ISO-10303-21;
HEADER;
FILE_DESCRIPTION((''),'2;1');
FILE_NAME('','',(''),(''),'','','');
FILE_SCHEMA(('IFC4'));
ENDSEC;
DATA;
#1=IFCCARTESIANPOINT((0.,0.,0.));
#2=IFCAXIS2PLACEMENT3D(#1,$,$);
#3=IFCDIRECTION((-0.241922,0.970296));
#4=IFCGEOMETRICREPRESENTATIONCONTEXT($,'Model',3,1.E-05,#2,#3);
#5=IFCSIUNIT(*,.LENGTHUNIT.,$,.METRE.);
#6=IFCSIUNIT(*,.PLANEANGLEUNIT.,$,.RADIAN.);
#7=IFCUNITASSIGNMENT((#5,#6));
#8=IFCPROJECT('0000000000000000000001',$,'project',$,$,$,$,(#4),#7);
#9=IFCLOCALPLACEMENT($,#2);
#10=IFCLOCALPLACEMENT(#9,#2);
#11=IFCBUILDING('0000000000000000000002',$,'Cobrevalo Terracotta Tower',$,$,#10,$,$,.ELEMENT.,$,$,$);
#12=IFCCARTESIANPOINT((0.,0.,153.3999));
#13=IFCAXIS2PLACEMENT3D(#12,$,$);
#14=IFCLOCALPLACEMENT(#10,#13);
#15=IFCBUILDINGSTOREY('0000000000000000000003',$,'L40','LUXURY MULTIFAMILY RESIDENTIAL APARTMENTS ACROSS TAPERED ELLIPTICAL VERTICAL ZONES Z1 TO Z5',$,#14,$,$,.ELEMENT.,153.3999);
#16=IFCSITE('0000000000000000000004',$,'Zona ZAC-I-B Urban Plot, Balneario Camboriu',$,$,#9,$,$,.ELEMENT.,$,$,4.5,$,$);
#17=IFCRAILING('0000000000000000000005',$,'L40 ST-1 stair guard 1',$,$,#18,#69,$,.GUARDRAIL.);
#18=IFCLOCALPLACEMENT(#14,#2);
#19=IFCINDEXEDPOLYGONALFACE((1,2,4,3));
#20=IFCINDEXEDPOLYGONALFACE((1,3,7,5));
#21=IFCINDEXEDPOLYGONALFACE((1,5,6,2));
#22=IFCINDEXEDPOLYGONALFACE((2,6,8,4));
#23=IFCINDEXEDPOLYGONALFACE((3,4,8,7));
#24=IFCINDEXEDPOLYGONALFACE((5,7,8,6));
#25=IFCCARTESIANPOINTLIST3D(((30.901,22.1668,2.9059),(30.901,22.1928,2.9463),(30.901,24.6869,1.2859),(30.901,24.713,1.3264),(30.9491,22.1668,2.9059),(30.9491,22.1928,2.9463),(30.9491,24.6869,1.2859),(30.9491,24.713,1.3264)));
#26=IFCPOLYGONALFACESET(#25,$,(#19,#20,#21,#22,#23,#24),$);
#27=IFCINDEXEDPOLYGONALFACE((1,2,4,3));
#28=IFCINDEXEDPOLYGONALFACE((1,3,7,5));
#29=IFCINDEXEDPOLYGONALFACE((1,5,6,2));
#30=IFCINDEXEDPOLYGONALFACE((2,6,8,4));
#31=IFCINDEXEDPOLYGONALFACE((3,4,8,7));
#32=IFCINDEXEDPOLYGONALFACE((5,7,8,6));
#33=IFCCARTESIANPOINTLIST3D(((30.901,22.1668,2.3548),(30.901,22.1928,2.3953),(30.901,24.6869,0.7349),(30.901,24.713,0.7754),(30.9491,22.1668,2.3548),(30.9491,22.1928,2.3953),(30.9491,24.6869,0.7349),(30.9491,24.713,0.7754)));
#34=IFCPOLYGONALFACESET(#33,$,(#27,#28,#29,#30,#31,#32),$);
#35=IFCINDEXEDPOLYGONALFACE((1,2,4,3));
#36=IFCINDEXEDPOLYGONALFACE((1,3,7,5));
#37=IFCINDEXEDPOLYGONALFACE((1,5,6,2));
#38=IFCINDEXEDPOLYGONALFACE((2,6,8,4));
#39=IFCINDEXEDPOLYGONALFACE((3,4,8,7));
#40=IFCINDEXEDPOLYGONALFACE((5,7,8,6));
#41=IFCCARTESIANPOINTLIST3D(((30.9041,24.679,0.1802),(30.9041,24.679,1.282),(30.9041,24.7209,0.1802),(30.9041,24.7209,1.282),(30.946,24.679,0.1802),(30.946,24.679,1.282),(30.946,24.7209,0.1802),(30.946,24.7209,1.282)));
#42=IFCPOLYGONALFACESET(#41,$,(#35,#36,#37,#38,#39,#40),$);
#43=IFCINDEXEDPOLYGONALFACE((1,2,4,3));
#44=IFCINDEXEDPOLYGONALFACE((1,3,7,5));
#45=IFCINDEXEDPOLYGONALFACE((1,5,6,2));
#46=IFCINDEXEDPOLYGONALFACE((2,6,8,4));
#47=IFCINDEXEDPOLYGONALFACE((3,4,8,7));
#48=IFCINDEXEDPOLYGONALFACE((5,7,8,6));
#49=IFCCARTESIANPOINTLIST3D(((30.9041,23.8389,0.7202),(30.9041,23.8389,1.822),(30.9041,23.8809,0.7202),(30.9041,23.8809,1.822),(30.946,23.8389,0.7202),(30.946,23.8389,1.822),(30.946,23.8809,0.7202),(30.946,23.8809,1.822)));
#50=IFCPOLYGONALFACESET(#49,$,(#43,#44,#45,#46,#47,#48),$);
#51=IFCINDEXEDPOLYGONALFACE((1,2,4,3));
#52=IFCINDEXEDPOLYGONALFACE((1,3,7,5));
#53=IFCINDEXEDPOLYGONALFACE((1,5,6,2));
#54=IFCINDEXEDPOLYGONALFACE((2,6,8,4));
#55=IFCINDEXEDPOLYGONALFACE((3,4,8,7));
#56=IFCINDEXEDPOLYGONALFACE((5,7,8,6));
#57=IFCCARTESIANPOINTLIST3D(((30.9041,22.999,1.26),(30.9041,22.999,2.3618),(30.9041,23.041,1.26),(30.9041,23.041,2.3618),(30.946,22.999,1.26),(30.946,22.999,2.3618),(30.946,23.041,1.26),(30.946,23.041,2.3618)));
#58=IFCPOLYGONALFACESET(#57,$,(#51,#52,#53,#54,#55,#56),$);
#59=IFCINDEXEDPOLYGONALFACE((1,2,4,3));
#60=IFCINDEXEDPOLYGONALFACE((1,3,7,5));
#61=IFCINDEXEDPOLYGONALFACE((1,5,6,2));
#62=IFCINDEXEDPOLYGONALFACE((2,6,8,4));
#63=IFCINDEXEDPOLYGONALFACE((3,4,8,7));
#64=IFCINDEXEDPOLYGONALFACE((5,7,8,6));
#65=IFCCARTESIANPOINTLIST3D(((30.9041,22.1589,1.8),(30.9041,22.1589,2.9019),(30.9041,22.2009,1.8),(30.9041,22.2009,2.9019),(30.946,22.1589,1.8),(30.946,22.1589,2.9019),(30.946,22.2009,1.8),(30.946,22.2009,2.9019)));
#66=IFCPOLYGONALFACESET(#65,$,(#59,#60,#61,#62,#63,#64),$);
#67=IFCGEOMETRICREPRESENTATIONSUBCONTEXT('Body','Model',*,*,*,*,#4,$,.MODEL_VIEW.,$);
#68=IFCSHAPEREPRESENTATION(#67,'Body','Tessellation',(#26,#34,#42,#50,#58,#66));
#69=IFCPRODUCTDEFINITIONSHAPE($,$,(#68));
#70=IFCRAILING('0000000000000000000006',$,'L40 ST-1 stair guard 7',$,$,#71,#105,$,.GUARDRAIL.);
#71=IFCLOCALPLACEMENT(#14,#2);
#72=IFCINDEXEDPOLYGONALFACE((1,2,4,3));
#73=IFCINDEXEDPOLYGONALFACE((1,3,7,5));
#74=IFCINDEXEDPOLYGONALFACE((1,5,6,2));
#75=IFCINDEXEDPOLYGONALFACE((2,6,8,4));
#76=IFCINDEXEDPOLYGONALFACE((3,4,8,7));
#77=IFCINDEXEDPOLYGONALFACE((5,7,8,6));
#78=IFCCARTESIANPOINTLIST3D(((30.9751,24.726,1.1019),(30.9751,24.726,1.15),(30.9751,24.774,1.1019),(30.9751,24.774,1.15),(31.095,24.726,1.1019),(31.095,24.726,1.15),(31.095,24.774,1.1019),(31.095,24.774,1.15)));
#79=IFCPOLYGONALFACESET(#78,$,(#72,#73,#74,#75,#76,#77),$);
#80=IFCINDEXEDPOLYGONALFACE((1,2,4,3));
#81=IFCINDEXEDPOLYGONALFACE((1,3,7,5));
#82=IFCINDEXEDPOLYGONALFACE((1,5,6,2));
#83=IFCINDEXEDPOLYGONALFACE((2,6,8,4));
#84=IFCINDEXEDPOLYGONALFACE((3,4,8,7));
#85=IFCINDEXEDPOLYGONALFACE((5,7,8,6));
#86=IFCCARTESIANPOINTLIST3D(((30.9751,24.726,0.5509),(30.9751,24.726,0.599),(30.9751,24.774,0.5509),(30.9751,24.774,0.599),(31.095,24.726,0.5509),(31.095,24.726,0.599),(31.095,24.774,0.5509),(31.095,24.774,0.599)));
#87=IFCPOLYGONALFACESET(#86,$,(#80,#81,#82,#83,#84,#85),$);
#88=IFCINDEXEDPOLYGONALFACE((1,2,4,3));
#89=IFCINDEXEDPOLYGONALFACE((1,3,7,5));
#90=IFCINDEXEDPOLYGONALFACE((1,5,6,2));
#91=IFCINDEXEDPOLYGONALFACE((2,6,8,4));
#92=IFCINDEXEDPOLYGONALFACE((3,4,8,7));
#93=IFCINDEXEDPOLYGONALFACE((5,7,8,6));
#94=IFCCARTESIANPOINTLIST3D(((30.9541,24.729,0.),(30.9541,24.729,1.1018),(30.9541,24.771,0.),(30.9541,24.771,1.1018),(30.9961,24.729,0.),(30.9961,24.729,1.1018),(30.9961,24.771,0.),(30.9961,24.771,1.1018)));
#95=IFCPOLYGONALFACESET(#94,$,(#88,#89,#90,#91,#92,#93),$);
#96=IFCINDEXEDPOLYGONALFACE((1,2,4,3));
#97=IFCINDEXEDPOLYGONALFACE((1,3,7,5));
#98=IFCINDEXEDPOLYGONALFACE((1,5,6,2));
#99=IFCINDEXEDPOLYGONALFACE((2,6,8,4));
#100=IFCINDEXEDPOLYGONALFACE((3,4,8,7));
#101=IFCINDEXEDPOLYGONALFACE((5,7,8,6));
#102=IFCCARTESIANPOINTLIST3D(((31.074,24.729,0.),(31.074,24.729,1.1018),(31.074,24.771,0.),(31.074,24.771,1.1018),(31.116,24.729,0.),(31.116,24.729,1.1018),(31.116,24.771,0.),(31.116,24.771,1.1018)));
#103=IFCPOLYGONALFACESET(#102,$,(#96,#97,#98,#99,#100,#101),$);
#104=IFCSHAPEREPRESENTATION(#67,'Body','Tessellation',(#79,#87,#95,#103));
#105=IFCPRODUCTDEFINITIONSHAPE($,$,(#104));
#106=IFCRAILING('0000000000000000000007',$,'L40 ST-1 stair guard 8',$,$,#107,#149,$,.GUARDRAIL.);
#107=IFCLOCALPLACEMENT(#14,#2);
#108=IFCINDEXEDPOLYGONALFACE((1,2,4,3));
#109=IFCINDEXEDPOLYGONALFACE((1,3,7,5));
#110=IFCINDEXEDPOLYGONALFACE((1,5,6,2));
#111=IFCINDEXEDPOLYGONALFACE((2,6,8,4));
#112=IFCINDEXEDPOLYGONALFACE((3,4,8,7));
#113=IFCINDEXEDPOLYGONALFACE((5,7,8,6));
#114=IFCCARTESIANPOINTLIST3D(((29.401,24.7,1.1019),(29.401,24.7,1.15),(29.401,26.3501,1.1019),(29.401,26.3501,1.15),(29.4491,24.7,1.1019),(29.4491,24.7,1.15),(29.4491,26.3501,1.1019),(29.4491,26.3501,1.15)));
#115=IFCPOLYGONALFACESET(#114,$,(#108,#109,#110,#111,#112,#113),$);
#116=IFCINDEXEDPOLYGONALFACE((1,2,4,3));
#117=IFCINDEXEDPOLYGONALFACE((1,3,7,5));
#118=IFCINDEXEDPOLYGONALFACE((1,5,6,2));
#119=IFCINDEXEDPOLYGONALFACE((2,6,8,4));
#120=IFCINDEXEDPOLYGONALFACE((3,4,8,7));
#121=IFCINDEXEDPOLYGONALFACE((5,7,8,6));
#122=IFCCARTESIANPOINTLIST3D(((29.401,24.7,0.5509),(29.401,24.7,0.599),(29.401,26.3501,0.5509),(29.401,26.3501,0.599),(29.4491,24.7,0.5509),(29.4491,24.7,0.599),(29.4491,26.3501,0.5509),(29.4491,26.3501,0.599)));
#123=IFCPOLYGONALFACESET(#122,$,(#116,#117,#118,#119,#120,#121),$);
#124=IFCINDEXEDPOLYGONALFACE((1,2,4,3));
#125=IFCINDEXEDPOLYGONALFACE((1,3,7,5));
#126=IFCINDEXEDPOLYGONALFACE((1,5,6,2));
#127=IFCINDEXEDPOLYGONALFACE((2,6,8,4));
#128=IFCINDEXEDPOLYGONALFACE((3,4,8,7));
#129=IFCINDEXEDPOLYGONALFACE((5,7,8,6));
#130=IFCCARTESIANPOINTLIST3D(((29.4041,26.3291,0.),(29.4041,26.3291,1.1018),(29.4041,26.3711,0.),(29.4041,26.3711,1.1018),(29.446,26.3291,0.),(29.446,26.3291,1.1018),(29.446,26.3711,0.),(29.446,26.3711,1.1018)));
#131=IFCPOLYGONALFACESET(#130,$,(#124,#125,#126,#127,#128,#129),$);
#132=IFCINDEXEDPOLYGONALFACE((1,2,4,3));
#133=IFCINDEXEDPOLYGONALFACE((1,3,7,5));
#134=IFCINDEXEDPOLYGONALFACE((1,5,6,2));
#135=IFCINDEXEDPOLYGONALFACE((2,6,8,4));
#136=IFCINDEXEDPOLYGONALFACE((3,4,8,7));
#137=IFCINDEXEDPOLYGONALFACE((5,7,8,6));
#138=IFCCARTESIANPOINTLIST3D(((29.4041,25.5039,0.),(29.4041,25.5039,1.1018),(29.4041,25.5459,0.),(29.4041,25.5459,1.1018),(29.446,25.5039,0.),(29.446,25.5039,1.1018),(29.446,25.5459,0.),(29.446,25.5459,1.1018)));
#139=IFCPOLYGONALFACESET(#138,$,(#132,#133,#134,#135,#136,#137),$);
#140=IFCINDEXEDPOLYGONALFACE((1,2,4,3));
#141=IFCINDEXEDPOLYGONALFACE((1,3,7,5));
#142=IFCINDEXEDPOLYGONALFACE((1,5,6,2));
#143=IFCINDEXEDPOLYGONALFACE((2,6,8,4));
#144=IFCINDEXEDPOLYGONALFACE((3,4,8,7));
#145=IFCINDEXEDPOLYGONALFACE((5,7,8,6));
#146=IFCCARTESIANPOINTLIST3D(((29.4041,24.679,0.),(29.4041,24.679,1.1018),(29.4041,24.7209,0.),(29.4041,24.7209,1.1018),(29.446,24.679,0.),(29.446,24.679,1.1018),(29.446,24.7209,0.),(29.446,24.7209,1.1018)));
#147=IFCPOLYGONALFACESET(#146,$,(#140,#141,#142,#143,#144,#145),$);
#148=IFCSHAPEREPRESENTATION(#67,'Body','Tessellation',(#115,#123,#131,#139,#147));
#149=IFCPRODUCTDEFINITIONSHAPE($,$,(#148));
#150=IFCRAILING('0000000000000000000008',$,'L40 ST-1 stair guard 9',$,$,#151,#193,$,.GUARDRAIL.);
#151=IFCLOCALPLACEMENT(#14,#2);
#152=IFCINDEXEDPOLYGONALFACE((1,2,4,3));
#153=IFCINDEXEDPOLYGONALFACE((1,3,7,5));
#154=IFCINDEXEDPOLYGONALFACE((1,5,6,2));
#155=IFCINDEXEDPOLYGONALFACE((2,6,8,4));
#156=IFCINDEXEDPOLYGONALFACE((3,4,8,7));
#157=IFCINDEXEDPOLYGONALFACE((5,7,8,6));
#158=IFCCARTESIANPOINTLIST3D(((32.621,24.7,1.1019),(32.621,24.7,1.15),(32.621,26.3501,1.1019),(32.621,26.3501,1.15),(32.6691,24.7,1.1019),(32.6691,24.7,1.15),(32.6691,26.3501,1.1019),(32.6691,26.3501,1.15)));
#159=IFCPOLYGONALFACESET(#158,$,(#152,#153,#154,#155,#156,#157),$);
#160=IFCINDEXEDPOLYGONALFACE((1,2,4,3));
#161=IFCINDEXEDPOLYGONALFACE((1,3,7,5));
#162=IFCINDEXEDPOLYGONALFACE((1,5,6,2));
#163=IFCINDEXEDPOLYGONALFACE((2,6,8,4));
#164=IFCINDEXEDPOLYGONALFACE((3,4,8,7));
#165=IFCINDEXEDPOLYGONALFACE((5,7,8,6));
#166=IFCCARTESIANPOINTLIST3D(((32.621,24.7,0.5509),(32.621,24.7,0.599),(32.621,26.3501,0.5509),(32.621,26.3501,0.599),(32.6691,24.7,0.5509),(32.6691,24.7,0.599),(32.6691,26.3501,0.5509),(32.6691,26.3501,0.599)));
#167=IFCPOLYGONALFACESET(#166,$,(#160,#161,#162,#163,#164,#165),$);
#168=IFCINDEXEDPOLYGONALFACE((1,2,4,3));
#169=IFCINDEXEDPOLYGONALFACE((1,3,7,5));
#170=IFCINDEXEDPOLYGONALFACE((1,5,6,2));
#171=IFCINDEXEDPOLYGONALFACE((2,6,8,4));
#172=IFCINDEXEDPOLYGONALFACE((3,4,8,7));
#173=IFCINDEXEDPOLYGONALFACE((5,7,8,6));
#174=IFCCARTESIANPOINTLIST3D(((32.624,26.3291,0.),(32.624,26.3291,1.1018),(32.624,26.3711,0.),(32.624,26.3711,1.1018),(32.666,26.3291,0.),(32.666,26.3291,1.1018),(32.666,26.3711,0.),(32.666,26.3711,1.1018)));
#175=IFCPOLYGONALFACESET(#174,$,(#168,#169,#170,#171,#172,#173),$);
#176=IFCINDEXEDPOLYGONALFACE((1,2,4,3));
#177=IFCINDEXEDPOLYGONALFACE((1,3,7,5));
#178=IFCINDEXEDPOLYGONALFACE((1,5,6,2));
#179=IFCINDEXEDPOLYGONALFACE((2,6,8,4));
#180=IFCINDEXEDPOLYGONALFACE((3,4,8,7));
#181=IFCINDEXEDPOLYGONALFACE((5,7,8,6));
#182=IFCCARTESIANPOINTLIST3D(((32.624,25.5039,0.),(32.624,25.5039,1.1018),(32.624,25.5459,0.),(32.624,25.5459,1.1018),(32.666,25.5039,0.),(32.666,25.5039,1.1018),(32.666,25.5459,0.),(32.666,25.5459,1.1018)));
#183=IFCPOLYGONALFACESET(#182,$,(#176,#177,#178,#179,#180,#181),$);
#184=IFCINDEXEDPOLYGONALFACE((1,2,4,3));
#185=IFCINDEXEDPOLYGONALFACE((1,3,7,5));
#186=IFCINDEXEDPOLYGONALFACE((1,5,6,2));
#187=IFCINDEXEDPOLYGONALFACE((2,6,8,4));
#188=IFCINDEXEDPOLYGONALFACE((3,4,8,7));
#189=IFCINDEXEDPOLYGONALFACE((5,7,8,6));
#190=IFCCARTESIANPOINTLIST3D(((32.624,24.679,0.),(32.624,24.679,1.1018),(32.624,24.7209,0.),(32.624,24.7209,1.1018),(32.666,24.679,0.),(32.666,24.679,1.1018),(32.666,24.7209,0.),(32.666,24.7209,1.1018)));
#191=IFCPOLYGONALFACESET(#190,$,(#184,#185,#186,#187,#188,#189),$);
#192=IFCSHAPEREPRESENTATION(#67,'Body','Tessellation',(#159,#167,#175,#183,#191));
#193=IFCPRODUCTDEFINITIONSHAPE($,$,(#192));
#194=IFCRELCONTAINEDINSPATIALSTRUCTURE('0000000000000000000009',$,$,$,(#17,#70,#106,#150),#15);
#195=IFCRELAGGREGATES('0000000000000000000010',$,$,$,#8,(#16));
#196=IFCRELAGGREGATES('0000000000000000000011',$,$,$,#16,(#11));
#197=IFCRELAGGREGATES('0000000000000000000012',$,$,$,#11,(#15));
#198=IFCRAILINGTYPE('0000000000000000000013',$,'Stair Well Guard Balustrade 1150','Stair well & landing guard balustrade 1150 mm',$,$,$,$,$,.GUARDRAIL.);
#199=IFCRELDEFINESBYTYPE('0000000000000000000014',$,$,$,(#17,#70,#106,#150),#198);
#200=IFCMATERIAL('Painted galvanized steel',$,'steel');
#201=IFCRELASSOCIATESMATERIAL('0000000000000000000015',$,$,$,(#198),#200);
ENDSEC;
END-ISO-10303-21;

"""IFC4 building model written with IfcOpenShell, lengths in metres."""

from ifc_helpers import new_model, si_unit, direction, frame, origin, origin_2d, place, context, subcontext, project, spatial, rectangle, extrude, material, type_object, element, save


model = new_model("IFC4")

# Units and contexts
model_context = context("Model", 3, precision=1e-05, world=origin(), true_north=direction((-0.241922, 0.970296)))
body_context = subcontext(model_context, "Body", "Model", "MODEL_VIEW")
ifc_project = project(units=[si_unit("LENGTHUNIT", "METRE"), si_unit("PLANEANGLEUNIT", "RADIAN")], contexts=[model_context])

# Site, building, storey
site_placement = place(None, origin())
site = spatial("IfcSite", under=ifc_project, at=site_placement, Name="Zona ZAC-I-B Urban Plot, Balneario Camboriu", CompositionType="ELEMENT", RefElevation=4.5)
building_placement = place(site_placement, origin())
building = spatial("IfcBuilding", under=site, at=building_placement, Name="Cobrevalo Terracotta Tower", CompositionType="ELEMENT")
storey_placement = place(building_placement, frame((0.0, 0.0, 153.3999)))
storey = spatial("IfcBuildingStorey", under=building, at=storey_placement, Name="L40", Description="LUXURY MULTIFAMILY RESIDENTIAL APARTMENTS ACROSS TAPERED ELLIPTICAL VERTICAL ZONES Z1 TO Z5", CompositionType="ELEMENT", Elevation=153.3999)

# Railings
ifc_material_1 = material(Name="Painted galvanized steel", Category="steel")
railing_type_1 = type_object("IfcRailingType", Name="Stair Well Guard Balustrade 1150", Description="Stair well & landing guard balustrade 1150 mm", PredefinedType="GUARDRAIL", material=ifc_material_1)
railing_1_placement = place(storey_placement, frame((30.925, 24.7, 0.1802)))
element("IfcRailing", 1, at=railing_1_placement, inside=storey, type_object=railing_type_1, Name="L40 ST-1 stair guard 1", PredefinedType="GUARDRAIL", context=body_context, shape_type="SweptSolid", body=[
    extrude(rectangle(XDim=0.0481, YDim=0.0481, at=origin_2d()), frame((0.0, 0.0, 1.126), z_axis=(0.0, -0.8412, 0.540725), x_axis=(1.0, 0.0, 0.0)), (0.0, 0.0, 1.0), 2.9958),
    extrude(rectangle(XDim=0.0481, YDim=0.0481, at=origin_2d()), frame((0.0, 0.0, 0.575), z_axis=(0.0, -0.8412, 0.540725), x_axis=(1.0, 0.0, 0.0)), (0.0, 0.0, 1.0), 2.9958),
    extrude(rectangle(XDim=0.042, YDim=0.042, at=origin_2d()), origin(), (0.0, 0.0, 1.0), 1.1018),
    extrude(rectangle(XDim=0.042, YDim=0.042, at=origin_2d()), frame((0.0, -0.8401, 0.54)), (0.0, 0.0, 1.0), 1.1018),
    extrude(rectangle(XDim=0.042, YDim=0.042, at=origin_2d()), frame((0.0, -1.6799, 1.0798)), (0.0, 0.0, 1.0), 1.1018),
    extrude(rectangle(XDim=0.042, YDim=0.042, at=origin_2d()), frame((0.0, -2.52, 1.6199)), (0.0, 0.0, 1.0), 1.1018),
])
railing_2_placement = place(storey_placement, frame((30.9751, 24.75, 0.0)))
element("IfcRailing", 2, at=railing_2_placement, inside=storey, type_object=railing_type_1, Name="L40 ST-1 stair guard 7", PredefinedType="GUARDRAIL", context=body_context, shape_type="SweptSolid", body=[
    extrude(rectangle(XDim=0.0481, YDim=0.0481, at=origin_2d()), frame((0.0, 0.0, 1.126), z_axis=(1.0, 0.0, 0.0), x_axis=(0.0, 1.0, 0.0)), (0.0, 0.0, 1.0), 0.1199),
    extrude(rectangle(XDim=0.0481, YDim=0.0481, at=origin_2d()), frame((0.0, 0.0, 0.575), z_axis=(1.0, 0.0, 0.0), x_axis=(0.0, 1.0, 0.0)), (0.0, 0.0, 1.0), 0.1199),
    extrude(rectangle(XDim=0.042, YDim=0.042, at=origin_2d()), origin(), (0.0, 0.0, 1.0), 1.1018),
    extrude(rectangle(XDim=0.042, YDim=0.042, at=origin_2d()), frame((0.1199, 0.0, 0.0)), (0.0, 0.0, 1.0), 1.1018),
])
for number, where, name in (
    (3, (29.425, 26.3501, 0.0), "L40 ST-1 stair guard 8"),
    (4, (32.645, 26.3501, 0.0), "L40 ST-1 stair guard 9"),
):
    element("IfcRailing", number, at=place(storey_placement, frame(where)), inside=storey, type_object=railing_type_1, Name=name, PredefinedType="GUARDRAIL", context=body_context, shape_type="SweptSolid", body=[
        extrude(rectangle(XDim=0.0481, YDim=0.0481, at=origin_2d()), frame((0.0, 0.0, 1.126), z_axis=(0.0, -1.0, 0.0), x_axis=(1.0, 0.0, 0.0)), (0.0, 0.0, 1.0), 1.6501),
        extrude(rectangle(XDim=0.0481, YDim=0.0481, at=origin_2d()), frame((0.0, 0.0, 0.575), z_axis=(0.0, -1.0, 0.0), x_axis=(1.0, 0.0, 0.0)), (0.0, 0.0, 1.0), 1.6501),
        extrude(rectangle(XDim=0.042, YDim=0.042, at=origin_2d()), origin(), (0.0, 0.0, 1.0), 1.1018),
        extrude(rectangle(XDim=0.042, YDim=0.042, at=origin_2d()), frame((0.0, -0.8252, 0.0)), (0.0, 0.0, 1.0), 1.1018),
        extrude(rectangle(XDim=0.042, YDim=0.042, at=origin_2d()), frame((0.0, -1.6501, 0.0)), (0.0, 0.0, 1.0), 1.1018),
    ])

save(model, "model.ifc")
